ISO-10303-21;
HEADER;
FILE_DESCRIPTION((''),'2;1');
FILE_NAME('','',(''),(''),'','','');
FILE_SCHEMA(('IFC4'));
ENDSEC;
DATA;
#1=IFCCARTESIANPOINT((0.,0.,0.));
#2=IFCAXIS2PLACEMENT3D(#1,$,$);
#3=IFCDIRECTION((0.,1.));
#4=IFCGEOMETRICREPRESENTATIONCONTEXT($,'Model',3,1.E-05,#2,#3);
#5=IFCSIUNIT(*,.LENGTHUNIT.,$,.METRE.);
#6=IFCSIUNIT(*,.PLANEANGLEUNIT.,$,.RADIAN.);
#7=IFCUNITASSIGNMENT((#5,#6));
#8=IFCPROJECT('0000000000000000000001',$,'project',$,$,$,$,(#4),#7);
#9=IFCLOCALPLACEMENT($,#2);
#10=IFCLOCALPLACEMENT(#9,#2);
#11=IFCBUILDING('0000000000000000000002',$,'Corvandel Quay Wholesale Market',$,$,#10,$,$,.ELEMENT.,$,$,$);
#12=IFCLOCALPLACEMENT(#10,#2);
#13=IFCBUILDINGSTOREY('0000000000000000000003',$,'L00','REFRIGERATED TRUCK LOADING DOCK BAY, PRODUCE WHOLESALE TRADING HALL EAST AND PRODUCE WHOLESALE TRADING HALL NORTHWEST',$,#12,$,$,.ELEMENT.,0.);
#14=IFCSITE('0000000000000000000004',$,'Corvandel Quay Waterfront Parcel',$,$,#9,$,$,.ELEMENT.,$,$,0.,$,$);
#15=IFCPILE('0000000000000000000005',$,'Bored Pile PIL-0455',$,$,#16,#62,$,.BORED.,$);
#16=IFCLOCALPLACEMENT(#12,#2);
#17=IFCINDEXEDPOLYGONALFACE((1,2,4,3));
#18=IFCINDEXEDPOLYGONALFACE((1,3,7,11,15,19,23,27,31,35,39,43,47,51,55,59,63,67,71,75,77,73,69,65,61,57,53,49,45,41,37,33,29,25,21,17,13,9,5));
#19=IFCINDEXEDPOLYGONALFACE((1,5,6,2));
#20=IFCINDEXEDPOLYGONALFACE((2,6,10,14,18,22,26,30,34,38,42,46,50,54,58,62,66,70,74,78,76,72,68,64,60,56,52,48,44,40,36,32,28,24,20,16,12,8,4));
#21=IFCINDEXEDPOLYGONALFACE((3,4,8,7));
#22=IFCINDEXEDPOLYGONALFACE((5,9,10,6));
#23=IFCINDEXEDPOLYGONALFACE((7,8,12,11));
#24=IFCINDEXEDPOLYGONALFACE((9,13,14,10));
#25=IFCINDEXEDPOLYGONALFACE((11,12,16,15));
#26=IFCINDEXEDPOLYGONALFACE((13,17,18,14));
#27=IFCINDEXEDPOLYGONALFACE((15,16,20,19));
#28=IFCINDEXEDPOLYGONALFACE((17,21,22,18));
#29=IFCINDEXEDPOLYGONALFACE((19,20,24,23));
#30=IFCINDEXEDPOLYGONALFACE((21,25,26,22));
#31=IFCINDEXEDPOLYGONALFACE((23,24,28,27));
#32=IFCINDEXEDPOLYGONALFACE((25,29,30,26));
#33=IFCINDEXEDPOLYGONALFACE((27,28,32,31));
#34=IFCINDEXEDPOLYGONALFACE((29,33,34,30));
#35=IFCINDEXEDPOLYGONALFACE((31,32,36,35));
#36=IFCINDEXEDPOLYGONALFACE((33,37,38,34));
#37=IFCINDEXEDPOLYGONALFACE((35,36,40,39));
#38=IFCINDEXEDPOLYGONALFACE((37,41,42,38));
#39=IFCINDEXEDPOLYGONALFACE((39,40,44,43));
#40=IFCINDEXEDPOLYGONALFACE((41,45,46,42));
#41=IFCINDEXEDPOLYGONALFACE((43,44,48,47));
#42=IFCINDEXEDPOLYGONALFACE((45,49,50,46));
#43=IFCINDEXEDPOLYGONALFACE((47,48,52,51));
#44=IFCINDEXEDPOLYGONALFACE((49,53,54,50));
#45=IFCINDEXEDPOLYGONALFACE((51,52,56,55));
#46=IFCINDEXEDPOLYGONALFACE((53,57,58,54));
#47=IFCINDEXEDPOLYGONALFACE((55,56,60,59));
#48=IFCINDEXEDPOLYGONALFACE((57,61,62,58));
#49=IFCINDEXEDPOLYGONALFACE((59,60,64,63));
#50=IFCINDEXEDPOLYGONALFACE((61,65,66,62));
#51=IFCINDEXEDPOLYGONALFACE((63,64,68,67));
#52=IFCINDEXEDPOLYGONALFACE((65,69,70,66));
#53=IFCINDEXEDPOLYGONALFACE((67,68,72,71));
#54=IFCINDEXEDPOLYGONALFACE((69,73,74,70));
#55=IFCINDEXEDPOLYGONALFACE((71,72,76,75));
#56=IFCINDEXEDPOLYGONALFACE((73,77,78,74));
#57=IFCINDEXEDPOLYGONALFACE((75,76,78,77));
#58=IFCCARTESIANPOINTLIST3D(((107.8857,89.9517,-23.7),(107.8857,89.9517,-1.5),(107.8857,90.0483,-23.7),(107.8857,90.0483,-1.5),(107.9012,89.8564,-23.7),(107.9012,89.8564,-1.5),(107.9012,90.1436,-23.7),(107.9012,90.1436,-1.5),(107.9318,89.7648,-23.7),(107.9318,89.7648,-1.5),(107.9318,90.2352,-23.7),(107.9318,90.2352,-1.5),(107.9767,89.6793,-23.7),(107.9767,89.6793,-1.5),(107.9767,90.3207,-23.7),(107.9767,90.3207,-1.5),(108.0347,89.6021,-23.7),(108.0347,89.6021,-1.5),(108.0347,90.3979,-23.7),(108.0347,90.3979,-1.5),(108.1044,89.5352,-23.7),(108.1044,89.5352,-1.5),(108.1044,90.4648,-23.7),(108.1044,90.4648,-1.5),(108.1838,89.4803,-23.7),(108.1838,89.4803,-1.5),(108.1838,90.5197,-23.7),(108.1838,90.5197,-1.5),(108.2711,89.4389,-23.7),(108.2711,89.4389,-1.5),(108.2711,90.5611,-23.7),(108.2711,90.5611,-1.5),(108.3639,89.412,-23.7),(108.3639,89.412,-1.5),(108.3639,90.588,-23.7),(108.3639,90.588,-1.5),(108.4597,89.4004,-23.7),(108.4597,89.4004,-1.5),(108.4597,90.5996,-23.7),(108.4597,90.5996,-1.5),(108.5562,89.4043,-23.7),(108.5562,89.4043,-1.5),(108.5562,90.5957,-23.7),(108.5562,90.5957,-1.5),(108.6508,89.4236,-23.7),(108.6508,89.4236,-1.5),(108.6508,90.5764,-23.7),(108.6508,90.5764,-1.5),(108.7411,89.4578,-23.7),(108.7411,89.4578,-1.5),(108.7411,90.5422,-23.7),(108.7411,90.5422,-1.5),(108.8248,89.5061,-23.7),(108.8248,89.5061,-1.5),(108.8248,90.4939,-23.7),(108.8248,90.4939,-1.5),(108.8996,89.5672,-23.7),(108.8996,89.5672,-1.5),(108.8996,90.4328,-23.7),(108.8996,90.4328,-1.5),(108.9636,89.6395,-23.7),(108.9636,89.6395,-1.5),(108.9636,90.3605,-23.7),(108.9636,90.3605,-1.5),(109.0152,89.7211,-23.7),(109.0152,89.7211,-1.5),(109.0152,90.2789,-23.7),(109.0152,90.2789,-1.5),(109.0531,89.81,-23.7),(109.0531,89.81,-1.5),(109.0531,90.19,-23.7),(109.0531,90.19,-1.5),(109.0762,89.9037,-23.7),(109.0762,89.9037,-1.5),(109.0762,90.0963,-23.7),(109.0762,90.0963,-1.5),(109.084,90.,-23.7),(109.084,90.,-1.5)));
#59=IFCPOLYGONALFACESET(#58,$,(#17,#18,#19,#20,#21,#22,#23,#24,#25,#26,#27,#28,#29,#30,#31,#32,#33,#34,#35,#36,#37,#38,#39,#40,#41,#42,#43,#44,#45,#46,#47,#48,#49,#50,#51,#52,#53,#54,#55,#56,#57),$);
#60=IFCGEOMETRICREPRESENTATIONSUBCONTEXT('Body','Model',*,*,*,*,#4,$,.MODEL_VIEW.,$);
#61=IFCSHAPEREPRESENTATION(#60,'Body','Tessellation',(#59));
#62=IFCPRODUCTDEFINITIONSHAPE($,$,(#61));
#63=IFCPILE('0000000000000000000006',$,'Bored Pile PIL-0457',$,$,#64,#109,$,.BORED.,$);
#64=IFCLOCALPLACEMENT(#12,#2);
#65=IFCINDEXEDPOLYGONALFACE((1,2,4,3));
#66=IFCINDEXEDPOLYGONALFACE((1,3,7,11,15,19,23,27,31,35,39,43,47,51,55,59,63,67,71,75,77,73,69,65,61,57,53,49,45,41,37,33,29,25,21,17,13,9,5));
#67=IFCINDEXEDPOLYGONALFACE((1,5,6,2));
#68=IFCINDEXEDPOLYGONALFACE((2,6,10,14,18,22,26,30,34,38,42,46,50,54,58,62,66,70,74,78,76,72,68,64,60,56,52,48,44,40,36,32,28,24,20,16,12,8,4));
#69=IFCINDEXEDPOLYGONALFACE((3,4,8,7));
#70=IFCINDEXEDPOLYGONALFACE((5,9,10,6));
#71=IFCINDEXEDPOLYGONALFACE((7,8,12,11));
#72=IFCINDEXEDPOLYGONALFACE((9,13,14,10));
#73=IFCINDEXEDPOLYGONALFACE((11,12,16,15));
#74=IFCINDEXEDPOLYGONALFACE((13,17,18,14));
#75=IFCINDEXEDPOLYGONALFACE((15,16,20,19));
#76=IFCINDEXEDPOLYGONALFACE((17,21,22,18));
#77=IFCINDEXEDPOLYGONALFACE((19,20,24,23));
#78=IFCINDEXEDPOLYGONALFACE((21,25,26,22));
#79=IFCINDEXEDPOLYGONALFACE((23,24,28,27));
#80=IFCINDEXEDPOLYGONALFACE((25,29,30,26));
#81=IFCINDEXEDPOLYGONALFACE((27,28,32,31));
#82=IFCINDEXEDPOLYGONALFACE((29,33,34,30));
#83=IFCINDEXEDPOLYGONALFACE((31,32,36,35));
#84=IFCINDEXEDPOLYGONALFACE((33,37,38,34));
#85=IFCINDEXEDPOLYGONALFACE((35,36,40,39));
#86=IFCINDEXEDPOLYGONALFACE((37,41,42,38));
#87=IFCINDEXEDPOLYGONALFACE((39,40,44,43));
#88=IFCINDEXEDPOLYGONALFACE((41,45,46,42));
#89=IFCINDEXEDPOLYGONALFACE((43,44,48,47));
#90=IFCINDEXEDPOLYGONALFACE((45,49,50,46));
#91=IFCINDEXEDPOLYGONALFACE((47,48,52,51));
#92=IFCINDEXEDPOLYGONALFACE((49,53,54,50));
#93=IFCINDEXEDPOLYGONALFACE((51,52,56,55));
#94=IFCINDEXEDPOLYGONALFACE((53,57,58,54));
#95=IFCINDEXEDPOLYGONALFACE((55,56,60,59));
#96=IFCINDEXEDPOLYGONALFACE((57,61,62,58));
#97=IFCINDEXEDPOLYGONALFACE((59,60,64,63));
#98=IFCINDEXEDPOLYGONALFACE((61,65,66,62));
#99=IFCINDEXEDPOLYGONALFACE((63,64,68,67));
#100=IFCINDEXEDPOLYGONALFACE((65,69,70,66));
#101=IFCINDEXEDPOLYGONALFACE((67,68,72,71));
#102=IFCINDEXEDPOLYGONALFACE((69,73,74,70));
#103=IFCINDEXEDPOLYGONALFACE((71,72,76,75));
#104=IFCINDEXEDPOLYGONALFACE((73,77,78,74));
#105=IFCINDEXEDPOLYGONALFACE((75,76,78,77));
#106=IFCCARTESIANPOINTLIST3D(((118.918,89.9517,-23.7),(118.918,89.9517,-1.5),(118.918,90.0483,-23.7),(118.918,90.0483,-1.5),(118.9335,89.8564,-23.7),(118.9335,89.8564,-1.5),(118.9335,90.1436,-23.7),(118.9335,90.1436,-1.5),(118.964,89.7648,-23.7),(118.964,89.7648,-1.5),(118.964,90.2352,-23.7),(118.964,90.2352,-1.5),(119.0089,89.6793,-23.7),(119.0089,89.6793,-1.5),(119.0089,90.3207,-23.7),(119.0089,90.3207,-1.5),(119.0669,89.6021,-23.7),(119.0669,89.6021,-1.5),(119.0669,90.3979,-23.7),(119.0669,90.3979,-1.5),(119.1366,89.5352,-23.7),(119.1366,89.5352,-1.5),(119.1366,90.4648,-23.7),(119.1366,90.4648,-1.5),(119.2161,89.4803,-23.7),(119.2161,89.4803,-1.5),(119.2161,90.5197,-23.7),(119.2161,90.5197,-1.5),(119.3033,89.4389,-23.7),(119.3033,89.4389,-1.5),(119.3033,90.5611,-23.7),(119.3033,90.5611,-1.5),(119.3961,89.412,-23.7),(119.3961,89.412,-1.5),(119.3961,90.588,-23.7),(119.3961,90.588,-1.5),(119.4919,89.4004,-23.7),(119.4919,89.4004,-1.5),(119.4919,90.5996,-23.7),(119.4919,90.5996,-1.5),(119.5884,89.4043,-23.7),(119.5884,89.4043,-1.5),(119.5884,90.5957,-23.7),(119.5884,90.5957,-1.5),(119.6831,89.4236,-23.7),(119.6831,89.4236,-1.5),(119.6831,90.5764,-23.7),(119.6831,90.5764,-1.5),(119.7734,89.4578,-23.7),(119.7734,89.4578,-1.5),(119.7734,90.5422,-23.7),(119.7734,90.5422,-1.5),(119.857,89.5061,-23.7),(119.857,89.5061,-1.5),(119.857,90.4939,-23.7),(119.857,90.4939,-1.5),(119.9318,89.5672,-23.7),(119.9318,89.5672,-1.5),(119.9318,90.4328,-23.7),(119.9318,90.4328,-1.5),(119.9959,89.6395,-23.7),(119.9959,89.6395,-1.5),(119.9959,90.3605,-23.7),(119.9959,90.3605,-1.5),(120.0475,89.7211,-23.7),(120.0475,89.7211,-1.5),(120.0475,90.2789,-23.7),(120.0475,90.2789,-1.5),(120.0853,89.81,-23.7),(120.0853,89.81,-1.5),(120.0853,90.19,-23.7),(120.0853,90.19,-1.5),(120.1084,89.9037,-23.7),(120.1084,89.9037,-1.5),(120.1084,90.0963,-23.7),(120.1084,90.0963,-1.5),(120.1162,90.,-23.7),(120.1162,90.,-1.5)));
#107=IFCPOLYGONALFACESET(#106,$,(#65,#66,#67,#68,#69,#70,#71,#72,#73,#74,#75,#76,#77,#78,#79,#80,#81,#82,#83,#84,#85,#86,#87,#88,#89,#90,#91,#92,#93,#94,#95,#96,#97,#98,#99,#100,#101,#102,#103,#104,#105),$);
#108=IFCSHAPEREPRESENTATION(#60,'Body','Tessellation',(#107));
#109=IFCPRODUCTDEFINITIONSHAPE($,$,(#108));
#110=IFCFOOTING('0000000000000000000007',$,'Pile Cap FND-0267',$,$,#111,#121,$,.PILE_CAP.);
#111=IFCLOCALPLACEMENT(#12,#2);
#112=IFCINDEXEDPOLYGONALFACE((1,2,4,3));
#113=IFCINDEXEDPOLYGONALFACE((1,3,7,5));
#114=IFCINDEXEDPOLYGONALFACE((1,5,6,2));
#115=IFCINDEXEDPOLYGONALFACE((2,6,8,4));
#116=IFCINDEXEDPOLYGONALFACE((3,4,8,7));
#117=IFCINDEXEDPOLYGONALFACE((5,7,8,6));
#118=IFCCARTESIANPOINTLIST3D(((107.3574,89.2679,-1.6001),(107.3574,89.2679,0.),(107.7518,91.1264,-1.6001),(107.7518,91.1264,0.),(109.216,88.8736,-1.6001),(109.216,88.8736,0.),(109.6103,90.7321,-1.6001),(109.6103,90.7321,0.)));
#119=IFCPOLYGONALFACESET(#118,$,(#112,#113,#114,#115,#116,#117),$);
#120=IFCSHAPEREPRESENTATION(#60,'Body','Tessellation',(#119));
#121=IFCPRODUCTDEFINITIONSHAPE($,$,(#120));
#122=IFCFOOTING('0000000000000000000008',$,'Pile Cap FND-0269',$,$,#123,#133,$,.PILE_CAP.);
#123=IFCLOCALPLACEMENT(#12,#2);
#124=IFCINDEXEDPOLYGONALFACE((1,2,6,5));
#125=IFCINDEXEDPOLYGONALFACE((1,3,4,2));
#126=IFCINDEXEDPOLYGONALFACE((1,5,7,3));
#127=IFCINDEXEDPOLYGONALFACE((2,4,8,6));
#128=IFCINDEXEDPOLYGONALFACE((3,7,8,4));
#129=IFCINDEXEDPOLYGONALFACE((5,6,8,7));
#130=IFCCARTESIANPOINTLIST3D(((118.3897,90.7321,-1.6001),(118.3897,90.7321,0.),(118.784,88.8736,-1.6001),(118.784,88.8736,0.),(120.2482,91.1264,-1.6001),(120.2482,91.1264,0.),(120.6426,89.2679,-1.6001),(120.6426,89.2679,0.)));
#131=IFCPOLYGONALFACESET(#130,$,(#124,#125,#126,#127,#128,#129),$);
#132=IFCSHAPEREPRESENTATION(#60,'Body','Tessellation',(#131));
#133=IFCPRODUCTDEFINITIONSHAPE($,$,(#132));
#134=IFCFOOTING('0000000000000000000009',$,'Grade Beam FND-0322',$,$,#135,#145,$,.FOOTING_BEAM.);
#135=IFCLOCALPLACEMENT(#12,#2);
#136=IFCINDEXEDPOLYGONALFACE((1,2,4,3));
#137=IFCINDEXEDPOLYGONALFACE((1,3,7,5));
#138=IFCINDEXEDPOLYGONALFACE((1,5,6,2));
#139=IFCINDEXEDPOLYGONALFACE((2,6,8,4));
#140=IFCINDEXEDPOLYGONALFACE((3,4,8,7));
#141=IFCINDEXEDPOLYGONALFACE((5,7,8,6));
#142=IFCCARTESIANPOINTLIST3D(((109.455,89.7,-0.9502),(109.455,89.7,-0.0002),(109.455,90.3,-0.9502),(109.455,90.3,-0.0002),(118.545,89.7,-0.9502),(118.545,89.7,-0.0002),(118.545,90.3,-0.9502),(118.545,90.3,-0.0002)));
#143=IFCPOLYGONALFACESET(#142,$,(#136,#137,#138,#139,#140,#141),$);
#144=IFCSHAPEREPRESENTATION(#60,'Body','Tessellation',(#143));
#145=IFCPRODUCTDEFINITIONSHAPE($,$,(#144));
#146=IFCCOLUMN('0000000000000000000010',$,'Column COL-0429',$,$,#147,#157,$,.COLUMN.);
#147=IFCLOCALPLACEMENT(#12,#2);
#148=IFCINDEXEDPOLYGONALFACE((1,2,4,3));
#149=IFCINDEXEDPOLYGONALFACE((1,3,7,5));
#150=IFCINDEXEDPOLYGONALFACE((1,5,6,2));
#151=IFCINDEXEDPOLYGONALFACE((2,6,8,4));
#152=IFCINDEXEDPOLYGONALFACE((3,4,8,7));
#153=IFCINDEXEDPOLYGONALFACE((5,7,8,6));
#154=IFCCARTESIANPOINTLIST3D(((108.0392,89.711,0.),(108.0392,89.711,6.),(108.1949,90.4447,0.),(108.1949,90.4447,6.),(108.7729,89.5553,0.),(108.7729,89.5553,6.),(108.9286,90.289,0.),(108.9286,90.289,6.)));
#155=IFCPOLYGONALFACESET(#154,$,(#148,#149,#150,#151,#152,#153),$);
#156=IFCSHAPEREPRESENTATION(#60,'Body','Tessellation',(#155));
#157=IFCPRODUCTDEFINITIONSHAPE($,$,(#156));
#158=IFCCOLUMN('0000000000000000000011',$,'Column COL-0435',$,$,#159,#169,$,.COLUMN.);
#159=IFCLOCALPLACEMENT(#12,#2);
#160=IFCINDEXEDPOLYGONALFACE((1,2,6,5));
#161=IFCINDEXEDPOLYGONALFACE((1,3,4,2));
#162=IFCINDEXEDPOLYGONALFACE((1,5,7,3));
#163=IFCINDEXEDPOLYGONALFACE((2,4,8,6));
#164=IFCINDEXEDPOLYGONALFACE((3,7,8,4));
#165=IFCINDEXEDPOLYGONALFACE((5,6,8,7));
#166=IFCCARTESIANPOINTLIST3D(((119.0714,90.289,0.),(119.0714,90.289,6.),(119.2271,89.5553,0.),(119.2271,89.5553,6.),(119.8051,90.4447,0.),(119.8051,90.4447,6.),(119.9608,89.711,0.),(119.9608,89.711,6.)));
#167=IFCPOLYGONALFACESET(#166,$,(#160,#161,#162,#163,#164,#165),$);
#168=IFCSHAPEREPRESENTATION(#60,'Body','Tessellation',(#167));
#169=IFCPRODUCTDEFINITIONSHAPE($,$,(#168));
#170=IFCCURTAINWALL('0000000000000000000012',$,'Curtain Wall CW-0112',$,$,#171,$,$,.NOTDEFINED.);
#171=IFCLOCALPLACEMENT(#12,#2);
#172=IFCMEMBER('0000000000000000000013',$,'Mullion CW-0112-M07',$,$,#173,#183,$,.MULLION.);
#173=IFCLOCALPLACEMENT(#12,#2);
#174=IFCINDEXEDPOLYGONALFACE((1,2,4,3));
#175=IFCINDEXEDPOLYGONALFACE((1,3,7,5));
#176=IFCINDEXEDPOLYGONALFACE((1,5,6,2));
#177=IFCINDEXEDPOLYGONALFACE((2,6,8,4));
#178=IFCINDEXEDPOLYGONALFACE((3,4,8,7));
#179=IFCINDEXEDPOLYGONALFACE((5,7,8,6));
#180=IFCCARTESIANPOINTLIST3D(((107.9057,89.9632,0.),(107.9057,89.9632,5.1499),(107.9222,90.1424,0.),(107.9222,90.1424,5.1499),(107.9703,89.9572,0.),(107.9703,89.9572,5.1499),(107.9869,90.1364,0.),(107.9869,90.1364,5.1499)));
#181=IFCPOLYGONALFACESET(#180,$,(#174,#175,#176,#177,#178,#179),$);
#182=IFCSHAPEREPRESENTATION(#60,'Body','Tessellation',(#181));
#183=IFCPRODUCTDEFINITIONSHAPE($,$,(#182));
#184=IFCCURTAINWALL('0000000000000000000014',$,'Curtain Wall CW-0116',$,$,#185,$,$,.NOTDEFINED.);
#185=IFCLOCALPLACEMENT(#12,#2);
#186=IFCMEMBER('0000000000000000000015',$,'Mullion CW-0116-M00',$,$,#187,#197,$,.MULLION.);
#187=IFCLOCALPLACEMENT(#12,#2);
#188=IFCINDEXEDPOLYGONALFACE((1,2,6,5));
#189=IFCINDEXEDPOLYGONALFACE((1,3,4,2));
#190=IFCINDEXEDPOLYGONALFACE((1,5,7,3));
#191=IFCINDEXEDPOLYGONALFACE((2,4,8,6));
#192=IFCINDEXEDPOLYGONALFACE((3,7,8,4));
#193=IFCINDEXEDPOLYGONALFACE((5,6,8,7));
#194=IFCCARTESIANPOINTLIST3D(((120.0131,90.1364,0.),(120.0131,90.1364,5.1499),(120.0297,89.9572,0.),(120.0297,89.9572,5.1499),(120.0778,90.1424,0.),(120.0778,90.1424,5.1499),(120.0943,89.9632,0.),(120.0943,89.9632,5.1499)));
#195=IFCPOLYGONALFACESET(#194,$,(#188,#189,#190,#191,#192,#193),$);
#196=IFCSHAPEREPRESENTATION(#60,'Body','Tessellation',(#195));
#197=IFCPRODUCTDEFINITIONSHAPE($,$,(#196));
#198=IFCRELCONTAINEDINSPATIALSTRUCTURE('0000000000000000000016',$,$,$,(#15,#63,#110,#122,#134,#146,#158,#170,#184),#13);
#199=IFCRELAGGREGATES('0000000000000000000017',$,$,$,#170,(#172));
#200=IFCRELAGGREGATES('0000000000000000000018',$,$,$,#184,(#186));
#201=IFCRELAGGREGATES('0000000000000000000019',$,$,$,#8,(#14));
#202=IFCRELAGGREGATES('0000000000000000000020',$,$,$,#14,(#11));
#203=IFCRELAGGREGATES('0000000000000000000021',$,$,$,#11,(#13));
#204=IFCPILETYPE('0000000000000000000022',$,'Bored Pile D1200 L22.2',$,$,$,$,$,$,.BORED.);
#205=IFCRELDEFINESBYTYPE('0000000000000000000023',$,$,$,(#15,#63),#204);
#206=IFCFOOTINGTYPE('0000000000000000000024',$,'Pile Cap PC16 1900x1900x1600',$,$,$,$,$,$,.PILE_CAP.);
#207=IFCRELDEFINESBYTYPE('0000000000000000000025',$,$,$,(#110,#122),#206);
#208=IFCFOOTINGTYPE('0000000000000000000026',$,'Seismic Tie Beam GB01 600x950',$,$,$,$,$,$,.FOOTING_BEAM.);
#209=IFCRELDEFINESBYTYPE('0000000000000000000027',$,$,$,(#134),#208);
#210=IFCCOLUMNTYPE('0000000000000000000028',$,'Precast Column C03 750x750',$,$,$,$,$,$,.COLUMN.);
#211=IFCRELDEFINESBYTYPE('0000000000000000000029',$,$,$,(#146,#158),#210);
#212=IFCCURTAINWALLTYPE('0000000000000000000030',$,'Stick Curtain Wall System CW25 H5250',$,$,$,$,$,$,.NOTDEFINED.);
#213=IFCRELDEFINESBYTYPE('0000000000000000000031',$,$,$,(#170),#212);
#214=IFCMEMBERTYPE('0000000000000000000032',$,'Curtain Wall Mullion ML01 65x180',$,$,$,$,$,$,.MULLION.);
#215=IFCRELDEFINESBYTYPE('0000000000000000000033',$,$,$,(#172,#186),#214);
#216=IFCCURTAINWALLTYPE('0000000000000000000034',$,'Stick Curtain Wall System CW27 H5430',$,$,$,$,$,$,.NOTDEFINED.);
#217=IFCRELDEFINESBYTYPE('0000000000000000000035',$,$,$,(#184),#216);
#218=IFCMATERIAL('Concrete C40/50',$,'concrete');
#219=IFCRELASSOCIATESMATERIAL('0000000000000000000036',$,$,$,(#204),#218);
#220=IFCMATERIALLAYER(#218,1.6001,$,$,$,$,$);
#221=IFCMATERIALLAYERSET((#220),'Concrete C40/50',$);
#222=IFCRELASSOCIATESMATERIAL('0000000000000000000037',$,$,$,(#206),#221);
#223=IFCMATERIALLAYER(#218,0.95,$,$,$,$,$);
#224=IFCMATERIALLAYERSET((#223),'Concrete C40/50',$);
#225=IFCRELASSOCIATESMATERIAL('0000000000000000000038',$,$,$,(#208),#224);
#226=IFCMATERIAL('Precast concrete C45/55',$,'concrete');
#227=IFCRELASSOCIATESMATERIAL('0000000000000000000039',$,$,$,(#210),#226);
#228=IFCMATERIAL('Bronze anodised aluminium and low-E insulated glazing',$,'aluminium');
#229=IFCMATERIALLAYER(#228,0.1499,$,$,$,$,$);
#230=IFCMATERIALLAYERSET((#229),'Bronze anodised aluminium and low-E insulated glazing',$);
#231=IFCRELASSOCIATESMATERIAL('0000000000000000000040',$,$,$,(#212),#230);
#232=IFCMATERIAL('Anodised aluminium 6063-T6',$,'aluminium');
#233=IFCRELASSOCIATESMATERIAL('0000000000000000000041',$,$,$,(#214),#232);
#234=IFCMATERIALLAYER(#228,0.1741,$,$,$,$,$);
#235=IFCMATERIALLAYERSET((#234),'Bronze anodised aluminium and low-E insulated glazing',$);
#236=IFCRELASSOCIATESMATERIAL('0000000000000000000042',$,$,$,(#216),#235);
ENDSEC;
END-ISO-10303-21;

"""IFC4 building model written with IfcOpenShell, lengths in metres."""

from ifc_helpers import new_model, si_unit, direction, frame, origin, origin_2d, place, context, subcontext, project, spatial, rectangle, circle, extrude, material, layer, layer_set, material_profile, profile_set, type_object, element, aggregate, save


model = new_model("IFC4")

# Units and contexts
model_context = context("Model", 3, precision=1e-05, world=origin(), true_north=direction((0.0, 1.0)))
body_context = subcontext(model_context, "Body", "Model", "MODEL_VIEW")
ifc_project = project(units=[si_unit("LENGTHUNIT", "METRE"), si_unit("PLANEANGLEUNIT", "RADIAN")], contexts=[model_context])

# Site, building, storey
site_placement = place(None, origin())
site = spatial("IfcSite", under=ifc_project, at=site_placement, Name="Corvandel Quay Waterfront Parcel", CompositionType="ELEMENT", RefElevation=0.0)
building_placement = place(site_placement, origin())
building = spatial("IfcBuilding", under=site, at=building_placement, Name="Corvandel Quay Wholesale Market", CompositionType="ELEMENT")
storey_placement = place(building_placement, origin())
storey = spatial("IfcBuildingStorey", under=building, at=storey_placement, Name="L00", Description="REFRIGERATED TRUCK LOADING DOCK BAY, PRODUCE WHOLESALE TRADING HALL EAST AND PRODUCE WHOLESALE TRADING HALL NORTHWEST", CompositionType="ELEMENT", Elevation=0.0)

# Piles
ifc_material_1 = material(Name="Concrete C40/50", Category="concrete")
ifc_material_profile_1 = material_profile(ifc_material_1, circle(Radius=0.6001, at=origin_2d()), Name="RC-PILE-D1200")
ifc_profile_set_1 = profile_set([ifc_material_profile_1], Name="Concrete C40/50")
pile_type = type_object("IfcPileType", Name="Bored Pile D1200 L22.2", PredefinedType="BORED", material=ifc_profile_set_1)
for number, where, z_axis, x_axis, name in (
    (1, (108.4839, 90.0, -1.5), (0.0, 0.0, -1.0), (1.0, 0.0, 0.0), "Bored Pile PIL-0455"),
    (2, (119.5161, 90.0, -1.5), (0.0, 0.0, -1.0), (1.0, 0.0, 0.0), "Bored Pile PIL-0457"),
):
    element("IfcPile", number, at=place(storey_placement, frame(where, z_axis=z_axis, x_axis=x_axis)), inside=storey, type_object=pile_type, Name=name, PredefinedType="BORED", context=body_context, shape_type="SweptSolid", body=[
        extrude(circle(Radius=0.6001, at=origin_2d()), origin(), (0.0, 0.0, 1.0), 22.2),
    ])

# Footings
ifc_layer_1 = layer(ifc_material_1, 1.6001)
ifc_layer_set_1 = layer_set([ifc_layer_1], Name="Concrete C40/50")
footing_type_1 = type_object("IfcFootingType", Name="Pile Cap PC16 1900x1900x1600", PredefinedType="PILE_CAP", material=ifc_layer_set_1)
for number, where, z_axis, x_axis, name in (
    (3, (108.4839, 90.0, -1.6001), (0.0, 0.0, 1.0), (-0.97822, 0.20757, 0.0), "Pile Cap FND-0267"),
    (4, (119.5161, 90.0, -1.6001), (0.0, 0.0, 1.0), (0.97822, 0.20757, 0.0), "Pile Cap FND-0269"),
):
    element("IfcFooting", number, at=place(storey_placement, frame(where, z_axis=z_axis, x_axis=x_axis)), inside=storey, type_object=footing_type_1, Name=name, PredefinedType="PILE_CAP", context=body_context, shape_type="SweptSolid", body=[
        extrude(rectangle(XDim=1.8999, YDim=1.8999, at=origin_2d()), origin(), (0.0, 0.0, 1.0), 1.6001),
    ])
ifc_layer_2 = layer(ifc_material_1, 0.95)
ifc_layer_set_2 = layer_set([ifc_layer_2], Name="Concrete C40/50")
footing_type_2 = type_object("IfcFootingType", Name="Seismic Tie Beam GB01 600x950", PredefinedType="FOOTING_BEAM", material=ifc_layer_set_2)
footing_placement = place(storey_placement, frame((114.0, 90.0, -0.9502), z_axis=(0.0, 0.0, 1.0), x_axis=(1.0, 0.0, 0.0)))
element("IfcFooting", 5, at=footing_placement, inside=storey, type_object=footing_type_2, Name="Grade Beam FND-0322", PredefinedType="FOOTING_BEAM", context=body_context, shape_type="SweptSolid", body=[
    extrude(rectangle(XDim=9.0901, YDim=0.6001, at=origin_2d()), origin(), (0.0, 0.0, 1.0), 0.95),
])

# Columns
ifc_material_2 = material(Name="Precast concrete C45/55", Category="concrete")
ifc_material_profile_2 = material_profile(ifc_material_2, rectangle(XDim=0.75, YDim=0.75, at=origin_2d()), Name="PC-COL-750x750")
ifc_profile_set_2 = profile_set([ifc_material_profile_2], Name="Precast concrete C45/55")
column_type = type_object("IfcColumnType", Name="Precast Column C03 750x750", PredefinedType="COLUMN", material=ifc_profile_set_2)
for number, where, z_axis, x_axis, name in (
    (6, (108.4839, 90.0, 0.0), (0.0, 0.0, 1.0), (-0.97822, 0.20757, 0.0), "Column COL-0429"),
    (7, (119.5161, 90.0, 0.0), (0.0, 0.0, 1.0), (0.97822, 0.20757, 0.0), "Column COL-0435"),
):
    element("IfcColumn", number, at=place(storey_placement, frame(where, z_axis=z_axis, x_axis=x_axis)), inside=storey, type_object=column_type, Name=name, PredefinedType="COLUMN", context=body_context, shape_type="SweptSolid", body=[
        extrude(rectangle(XDim=0.75, YDim=0.75, at=origin_2d()), origin(), (0.0, 0.0, 1.0), 6.0),
    ])

# Curtain wall, member
ifc_material_3 = material(Name="Bronze anodised aluminium and low-E insulated glazing", Category="aluminium")
ifc_layer_3 = layer(ifc_material_3, 0.1499)
ifc_layer_set_3 = layer_set([ifc_layer_3], Name="Bronze anodised aluminium and low-E insulated glazing")
curtain_wall_type_1 = type_object("IfcCurtainWallType", Name="Stick Curtain Wall System CW25 H5250", PredefinedType="NOTDEFINED", material=ifc_layer_set_3)
curtain_wall_1_placement = place(storey_placement, origin())
curtain_wall_1 = element("IfcCurtainWall", 8, at=curtain_wall_1_placement, inside=storey, type_object=curtain_wall_type_1, Name="Curtain Wall CW-0112", PredefinedType="NOTDEFINED")
ifc_material_4 = material(Name="Anodised aluminium 6063-T6", Category="aluminium")
ifc_material_profile_3 = material_profile(ifc_material_4, rectangle(XDim=0.0649, YDim=0.1799, at=origin_2d()), Name="ALU-MUL-65x180")
ifc_profile_set_3 = profile_set([ifc_material_profile_3], Name="Anodised aluminium 6063-T6")
member_type_1 = type_object("IfcMemberType", Name="Curtain Wall Mullion ML01 65x180", PredefinedType="MULLION", material=ifc_profile_set_3)
member_1_placement = place(storey_placement, frame((107.9463, 90.0498, 0.0), z_axis=(0.0, 0.0, 1.0), x_axis=(-0.995757, 0.092023, 0.0)))
member_1 = element("IfcMember", 9, at=member_1_placement, type_object=member_type_1, Name="Mullion CW-0112-M07", PredefinedType="MULLION", context=body_context, shape_type="SweptSolid", body=[
    extrude(rectangle(XDim=0.0649, YDim=0.1799, at=origin_2d()), origin(), (0.0, 0.0, 1.0), 5.1499),
])
aggregate(curtain_wall_1, [member_1])

# Curtain wall, member
ifc_layer_4 = layer(ifc_material_3, 0.1741)
ifc_layer_set_4 = layer_set([ifc_layer_4], Name="Bronze anodised aluminium and low-E insulated glazing")
curtain_wall_type_2 = type_object("IfcCurtainWallType", Name="Stick Curtain Wall System CW27 H5430", PredefinedType="NOTDEFINED", material=ifc_layer_set_4)
curtain_wall_2_placement = place(storey_placement, origin())
curtain_wall_2 = element("IfcCurtainWall", 10, at=curtain_wall_2_placement, inside=storey, type_object=curtain_wall_type_2, Name="Curtain Wall CW-0116", PredefinedType="NOTDEFINED")
member_2_placement = place(storey_placement, frame((120.0537, 90.0498, 0.0), z_axis=(0.0, 0.0, 1.0), x_axis=(0.995757, 0.092023, 0.0)))
member_2 = element("IfcMember", 11, at=member_2_placement, type_object=member_type_1, Name="Mullion CW-0116-M00", PredefinedType="MULLION", context=body_context, shape_type="SweptSolid", body=[
    extrude(rectangle(XDim=0.0649, YDim=0.1799, at=origin_2d()), origin(), (0.0, 0.0, 1.0), 5.1499),
])
aggregate(curtain_wall_2, [member_2])

save(model, "model.ifc")
